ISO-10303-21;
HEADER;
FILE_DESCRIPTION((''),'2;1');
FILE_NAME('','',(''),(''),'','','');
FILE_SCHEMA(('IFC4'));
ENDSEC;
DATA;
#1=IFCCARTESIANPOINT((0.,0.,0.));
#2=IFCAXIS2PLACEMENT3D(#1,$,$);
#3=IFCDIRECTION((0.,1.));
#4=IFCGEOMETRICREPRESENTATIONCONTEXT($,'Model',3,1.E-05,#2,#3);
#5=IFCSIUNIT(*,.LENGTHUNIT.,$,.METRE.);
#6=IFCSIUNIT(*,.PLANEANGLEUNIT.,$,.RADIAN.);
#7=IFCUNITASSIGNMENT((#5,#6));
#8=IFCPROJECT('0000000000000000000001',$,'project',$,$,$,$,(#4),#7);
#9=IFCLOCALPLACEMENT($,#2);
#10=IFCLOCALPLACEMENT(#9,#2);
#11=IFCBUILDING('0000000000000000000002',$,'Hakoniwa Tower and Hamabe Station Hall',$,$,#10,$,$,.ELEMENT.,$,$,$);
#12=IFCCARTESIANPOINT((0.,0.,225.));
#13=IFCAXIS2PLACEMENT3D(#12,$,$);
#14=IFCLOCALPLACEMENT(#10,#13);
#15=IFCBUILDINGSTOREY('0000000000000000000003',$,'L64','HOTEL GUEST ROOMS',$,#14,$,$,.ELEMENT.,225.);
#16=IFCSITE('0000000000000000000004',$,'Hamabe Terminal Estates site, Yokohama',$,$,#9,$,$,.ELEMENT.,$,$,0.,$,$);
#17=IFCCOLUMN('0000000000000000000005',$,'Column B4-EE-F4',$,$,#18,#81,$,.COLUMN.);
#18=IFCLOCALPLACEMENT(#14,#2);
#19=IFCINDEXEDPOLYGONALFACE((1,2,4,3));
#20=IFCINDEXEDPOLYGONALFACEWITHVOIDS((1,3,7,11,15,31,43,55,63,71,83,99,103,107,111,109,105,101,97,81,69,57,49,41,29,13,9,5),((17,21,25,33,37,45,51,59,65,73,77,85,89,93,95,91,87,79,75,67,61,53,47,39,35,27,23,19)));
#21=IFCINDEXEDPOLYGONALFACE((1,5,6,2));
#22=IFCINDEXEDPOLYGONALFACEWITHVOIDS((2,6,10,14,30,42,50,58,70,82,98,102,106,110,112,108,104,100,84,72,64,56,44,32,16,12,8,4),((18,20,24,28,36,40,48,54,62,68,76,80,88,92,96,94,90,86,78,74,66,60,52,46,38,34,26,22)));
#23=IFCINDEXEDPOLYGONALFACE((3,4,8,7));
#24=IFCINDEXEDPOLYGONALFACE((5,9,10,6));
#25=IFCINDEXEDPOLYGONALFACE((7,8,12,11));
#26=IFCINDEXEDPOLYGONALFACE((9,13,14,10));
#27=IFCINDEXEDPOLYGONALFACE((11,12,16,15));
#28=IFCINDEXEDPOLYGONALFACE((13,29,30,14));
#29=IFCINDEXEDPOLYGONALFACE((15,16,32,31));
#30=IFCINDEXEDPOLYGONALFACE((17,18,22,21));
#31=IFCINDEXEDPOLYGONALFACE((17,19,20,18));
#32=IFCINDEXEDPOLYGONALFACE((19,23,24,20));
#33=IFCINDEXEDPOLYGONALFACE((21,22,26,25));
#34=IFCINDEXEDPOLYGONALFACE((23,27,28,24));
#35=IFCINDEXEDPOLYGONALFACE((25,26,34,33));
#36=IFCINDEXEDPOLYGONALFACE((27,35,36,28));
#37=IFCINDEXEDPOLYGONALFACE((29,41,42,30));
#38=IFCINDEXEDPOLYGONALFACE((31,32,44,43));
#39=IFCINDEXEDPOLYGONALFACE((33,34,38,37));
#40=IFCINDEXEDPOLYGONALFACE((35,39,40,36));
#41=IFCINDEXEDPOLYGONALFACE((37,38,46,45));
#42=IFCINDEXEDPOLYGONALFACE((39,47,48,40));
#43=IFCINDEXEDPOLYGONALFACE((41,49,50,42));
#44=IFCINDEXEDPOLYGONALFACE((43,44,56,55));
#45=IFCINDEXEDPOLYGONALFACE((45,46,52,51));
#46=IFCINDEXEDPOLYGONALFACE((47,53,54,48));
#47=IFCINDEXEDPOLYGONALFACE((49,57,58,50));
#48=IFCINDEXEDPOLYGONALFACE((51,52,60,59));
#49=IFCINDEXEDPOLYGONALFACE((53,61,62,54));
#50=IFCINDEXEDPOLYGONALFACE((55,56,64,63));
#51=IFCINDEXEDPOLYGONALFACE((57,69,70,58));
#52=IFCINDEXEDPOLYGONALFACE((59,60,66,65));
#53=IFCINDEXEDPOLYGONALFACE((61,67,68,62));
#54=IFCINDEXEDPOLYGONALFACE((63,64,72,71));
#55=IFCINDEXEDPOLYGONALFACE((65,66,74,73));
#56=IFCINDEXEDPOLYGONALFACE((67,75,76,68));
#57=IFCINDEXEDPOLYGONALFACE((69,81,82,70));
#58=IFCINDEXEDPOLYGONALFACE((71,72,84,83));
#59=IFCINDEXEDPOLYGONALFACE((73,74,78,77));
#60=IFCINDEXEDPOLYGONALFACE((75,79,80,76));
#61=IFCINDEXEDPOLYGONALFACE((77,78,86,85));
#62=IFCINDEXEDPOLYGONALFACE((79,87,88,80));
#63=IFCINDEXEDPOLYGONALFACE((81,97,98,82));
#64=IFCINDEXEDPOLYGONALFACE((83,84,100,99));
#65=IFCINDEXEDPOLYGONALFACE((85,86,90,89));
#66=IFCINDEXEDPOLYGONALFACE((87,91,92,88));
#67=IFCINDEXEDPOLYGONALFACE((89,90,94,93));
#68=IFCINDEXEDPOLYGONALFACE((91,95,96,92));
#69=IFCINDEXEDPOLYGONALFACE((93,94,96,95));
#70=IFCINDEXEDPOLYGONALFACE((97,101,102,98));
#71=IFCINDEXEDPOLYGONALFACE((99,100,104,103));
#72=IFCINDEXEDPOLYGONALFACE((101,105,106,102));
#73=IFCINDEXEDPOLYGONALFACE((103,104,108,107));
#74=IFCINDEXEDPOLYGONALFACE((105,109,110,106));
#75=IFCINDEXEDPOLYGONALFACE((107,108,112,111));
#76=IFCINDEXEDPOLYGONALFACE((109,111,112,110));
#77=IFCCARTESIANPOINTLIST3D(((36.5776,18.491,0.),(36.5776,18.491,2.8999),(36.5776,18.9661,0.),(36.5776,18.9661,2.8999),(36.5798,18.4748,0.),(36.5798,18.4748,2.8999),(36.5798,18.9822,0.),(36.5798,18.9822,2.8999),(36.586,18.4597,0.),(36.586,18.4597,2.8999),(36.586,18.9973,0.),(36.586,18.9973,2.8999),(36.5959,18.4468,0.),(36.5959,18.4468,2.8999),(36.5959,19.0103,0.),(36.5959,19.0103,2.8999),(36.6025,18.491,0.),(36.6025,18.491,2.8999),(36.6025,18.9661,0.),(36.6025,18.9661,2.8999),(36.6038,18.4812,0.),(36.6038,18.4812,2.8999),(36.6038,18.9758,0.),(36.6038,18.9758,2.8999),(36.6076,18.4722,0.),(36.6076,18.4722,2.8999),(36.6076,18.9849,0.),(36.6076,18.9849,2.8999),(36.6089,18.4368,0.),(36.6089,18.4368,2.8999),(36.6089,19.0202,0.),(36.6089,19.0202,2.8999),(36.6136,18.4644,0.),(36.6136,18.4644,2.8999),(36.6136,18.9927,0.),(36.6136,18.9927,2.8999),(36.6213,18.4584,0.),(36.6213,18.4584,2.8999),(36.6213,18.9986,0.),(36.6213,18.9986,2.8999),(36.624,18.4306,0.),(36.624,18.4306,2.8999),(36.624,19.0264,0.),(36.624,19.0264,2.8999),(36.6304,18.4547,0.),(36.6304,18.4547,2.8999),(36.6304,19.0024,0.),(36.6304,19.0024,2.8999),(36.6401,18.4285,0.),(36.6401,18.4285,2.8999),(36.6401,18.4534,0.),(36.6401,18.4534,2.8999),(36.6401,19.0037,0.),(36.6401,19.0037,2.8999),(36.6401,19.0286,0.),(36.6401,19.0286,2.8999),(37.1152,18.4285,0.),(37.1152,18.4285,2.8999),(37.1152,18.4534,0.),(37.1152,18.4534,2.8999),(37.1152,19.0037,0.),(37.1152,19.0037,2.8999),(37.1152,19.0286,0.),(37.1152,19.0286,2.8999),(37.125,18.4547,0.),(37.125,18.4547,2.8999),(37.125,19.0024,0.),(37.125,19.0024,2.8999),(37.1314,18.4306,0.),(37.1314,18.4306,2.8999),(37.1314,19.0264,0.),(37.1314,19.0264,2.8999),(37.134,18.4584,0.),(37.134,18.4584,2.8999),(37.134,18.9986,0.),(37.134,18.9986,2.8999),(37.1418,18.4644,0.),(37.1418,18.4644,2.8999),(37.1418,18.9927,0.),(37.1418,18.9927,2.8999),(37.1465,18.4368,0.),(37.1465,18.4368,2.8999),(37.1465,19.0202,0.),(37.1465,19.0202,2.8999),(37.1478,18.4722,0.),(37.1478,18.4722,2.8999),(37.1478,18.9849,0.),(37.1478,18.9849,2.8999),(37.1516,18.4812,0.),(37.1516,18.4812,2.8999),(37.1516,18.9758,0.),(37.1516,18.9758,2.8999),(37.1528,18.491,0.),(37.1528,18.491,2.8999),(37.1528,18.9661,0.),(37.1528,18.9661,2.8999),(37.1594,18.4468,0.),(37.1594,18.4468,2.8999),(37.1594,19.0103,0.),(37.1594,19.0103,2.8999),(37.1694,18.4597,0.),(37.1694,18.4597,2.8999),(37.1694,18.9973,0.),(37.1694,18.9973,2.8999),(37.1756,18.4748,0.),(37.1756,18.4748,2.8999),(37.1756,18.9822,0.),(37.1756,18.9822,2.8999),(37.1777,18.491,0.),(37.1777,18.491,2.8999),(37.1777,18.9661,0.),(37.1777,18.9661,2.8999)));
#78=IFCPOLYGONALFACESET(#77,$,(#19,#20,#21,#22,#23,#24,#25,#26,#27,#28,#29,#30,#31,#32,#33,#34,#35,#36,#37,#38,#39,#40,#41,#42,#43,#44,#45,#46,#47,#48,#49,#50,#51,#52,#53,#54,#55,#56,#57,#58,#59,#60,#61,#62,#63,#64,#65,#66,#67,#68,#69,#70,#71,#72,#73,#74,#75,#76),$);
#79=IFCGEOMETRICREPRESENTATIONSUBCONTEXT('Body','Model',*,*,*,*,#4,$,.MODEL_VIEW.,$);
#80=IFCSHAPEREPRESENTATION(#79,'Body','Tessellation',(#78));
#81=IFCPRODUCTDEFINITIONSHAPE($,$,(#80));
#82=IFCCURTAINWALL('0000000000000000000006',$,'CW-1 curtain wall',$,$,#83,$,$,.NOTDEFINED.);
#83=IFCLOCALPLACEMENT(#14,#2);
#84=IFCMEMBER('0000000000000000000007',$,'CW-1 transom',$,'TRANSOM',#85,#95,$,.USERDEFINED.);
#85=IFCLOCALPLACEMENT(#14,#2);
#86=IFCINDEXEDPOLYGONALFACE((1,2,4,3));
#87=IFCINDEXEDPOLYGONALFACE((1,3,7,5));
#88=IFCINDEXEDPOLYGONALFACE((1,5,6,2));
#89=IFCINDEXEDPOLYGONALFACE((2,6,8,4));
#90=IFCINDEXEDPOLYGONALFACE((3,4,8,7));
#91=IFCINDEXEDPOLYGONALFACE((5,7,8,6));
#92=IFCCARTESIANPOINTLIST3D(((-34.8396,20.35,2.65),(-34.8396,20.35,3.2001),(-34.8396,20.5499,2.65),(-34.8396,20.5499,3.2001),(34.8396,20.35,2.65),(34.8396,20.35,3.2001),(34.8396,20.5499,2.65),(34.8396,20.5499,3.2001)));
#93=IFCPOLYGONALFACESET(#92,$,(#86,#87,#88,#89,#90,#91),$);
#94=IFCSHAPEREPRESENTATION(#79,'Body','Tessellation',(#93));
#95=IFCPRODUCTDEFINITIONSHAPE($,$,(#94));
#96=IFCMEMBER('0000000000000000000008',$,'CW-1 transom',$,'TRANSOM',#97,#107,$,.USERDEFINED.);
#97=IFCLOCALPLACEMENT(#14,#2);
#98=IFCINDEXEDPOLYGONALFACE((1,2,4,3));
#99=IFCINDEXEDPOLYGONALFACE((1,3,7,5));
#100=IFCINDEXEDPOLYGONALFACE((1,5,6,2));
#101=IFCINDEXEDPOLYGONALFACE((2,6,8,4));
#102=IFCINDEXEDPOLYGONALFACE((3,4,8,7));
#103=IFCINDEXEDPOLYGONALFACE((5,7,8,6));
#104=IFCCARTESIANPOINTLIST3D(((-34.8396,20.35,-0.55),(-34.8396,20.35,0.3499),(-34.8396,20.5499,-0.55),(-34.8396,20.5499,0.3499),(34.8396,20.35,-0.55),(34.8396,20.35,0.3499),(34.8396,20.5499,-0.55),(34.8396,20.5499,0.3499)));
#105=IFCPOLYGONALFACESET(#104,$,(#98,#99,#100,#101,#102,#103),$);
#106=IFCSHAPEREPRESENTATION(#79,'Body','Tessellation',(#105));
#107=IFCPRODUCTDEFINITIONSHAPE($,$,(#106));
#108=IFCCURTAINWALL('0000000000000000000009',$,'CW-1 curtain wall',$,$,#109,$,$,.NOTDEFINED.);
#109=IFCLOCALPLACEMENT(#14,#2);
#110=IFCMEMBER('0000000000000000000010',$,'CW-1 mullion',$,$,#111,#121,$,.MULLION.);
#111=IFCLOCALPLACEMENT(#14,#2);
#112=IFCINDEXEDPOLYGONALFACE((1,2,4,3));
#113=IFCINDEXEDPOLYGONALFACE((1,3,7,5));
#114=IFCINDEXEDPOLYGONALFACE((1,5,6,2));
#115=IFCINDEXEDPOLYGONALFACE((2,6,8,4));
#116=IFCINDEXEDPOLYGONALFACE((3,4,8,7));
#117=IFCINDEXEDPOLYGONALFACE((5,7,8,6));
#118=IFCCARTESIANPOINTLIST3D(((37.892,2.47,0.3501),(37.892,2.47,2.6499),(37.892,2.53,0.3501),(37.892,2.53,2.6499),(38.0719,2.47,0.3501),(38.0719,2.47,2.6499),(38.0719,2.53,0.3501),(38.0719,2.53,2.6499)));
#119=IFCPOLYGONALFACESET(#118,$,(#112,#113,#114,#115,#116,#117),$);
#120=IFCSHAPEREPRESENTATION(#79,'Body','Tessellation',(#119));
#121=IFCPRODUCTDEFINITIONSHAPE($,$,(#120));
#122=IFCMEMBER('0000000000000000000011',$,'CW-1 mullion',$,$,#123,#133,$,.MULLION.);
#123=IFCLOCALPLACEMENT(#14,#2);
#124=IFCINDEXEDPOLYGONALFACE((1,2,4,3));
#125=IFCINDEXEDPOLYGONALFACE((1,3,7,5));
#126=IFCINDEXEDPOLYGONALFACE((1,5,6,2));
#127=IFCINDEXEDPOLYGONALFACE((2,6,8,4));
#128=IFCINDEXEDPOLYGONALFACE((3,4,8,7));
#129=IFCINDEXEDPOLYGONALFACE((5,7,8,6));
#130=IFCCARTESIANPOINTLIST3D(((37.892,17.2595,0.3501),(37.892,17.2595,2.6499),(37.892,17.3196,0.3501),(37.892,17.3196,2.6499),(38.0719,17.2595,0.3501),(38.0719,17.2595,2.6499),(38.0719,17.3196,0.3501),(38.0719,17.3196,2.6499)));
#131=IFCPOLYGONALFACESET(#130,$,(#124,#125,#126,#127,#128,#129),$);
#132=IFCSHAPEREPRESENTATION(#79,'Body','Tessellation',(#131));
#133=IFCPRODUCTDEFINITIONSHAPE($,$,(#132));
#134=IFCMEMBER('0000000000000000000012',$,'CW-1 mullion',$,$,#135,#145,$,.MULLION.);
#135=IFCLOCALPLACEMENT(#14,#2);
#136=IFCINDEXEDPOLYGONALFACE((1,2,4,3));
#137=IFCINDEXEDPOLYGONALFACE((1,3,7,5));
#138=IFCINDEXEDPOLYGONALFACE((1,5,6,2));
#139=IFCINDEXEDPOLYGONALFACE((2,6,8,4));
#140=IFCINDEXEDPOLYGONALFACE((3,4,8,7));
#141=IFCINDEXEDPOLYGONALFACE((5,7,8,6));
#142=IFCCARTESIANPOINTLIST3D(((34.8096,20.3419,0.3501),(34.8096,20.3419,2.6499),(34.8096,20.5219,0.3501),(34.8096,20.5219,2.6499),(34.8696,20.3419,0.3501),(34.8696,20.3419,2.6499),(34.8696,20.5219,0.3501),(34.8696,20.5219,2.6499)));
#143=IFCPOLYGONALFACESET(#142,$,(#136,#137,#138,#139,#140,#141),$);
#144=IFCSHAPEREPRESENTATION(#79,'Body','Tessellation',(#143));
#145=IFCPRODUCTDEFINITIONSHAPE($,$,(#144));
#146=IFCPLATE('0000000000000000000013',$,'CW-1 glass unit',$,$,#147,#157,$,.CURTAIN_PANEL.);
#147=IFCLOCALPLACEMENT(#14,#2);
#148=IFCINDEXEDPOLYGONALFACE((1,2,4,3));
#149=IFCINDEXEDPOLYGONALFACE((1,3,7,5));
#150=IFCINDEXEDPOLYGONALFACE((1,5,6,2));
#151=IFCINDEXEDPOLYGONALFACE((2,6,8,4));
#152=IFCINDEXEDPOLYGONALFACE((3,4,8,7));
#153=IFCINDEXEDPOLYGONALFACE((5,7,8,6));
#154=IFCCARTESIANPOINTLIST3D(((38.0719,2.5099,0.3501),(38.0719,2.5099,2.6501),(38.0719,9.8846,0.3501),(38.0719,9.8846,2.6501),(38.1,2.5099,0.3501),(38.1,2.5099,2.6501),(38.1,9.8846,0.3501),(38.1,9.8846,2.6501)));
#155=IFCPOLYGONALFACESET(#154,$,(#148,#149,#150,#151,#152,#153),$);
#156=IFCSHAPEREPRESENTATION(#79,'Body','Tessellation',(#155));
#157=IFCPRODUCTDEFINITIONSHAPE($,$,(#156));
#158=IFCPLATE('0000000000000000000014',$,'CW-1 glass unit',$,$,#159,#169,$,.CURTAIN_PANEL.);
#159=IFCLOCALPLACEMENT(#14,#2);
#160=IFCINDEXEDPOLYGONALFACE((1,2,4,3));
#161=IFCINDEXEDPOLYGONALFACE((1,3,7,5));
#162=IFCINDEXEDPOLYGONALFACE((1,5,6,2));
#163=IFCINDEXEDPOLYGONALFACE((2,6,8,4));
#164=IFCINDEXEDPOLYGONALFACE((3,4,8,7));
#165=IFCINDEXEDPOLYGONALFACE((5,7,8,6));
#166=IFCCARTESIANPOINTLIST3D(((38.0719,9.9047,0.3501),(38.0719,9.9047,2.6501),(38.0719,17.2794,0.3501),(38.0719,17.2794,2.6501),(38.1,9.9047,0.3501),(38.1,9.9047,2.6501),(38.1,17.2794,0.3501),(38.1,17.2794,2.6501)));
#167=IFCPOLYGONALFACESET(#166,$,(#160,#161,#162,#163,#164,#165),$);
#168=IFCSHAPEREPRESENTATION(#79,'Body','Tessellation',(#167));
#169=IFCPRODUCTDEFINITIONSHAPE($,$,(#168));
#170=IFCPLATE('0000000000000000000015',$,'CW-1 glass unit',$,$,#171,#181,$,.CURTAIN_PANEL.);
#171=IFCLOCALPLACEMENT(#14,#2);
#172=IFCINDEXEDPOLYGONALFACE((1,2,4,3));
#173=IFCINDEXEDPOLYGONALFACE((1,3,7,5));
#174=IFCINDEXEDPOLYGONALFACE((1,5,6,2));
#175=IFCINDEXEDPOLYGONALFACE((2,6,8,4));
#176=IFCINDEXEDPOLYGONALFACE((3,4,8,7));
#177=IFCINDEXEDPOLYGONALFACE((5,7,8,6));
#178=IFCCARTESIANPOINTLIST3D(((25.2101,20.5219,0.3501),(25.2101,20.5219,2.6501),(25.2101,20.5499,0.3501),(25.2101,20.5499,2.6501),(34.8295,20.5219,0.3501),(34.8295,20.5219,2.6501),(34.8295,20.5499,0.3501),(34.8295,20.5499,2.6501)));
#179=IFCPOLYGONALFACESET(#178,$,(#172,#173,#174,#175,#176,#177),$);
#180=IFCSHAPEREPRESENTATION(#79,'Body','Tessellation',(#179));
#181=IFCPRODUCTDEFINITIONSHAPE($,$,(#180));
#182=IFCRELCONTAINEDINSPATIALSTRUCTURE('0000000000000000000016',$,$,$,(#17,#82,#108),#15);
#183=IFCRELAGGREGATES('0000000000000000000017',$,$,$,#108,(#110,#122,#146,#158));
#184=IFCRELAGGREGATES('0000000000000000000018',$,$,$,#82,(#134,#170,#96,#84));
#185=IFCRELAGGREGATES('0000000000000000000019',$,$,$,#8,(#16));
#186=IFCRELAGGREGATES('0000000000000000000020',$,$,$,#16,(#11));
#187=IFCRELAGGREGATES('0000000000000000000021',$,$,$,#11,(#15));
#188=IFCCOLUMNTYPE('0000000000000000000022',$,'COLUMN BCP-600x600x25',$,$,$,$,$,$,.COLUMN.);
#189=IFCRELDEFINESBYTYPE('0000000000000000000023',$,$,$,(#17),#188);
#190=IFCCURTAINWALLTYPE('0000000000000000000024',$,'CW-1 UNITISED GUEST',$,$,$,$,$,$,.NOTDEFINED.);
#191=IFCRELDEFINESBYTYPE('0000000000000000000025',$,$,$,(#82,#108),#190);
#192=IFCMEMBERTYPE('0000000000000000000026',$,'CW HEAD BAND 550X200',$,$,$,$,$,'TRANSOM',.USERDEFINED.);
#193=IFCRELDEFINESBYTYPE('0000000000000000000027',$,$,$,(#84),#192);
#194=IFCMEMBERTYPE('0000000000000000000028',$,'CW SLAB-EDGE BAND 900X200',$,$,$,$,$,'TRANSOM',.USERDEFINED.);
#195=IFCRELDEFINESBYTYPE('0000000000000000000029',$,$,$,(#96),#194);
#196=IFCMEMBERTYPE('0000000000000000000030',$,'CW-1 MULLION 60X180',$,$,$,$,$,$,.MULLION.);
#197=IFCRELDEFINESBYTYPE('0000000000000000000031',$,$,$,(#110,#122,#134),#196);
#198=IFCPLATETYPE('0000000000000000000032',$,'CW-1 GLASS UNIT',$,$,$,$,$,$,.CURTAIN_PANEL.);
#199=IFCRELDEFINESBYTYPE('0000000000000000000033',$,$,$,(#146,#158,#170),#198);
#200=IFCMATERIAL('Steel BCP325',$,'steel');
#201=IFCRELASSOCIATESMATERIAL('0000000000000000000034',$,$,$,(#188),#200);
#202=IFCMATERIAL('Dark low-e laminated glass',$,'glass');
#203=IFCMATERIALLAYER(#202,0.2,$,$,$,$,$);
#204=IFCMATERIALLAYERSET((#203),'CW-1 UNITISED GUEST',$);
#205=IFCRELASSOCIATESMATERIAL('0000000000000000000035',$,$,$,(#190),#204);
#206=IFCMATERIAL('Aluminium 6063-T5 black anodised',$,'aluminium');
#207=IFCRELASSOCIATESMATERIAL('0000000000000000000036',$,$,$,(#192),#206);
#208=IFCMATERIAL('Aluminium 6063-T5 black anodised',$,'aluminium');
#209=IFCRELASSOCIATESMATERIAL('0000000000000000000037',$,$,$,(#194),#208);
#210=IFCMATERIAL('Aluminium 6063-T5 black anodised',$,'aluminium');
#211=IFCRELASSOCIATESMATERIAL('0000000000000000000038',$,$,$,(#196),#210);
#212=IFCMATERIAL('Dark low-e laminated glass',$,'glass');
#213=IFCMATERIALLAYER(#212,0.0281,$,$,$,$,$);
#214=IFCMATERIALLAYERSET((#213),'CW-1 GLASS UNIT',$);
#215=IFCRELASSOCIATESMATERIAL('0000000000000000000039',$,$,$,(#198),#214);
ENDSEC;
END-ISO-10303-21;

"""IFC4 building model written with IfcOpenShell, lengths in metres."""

from ifc_helpers import new_model, si_unit, direction, frame, origin, origin_2d, place, context, subcontext, project, spatial, rectangle, hollow_rectangle, extrude, material, layer, layer_set, material_profile, profile_set, type_object, element, aggregate, save


model = new_model("IFC4")

# Units and contexts
model_context = context("Model", 3, precision=1e-05, world=origin(), true_north=direction((0.0, 1.0)))
body_context = subcontext(model_context, "Body", "Model", "MODEL_VIEW")
ifc_project = project(units=[si_unit("LENGTHUNIT", "METRE"), si_unit("PLANEANGLEUNIT", "RADIAN")], contexts=[model_context])

# Site, building, storey
site_placement = place(None, origin())
site = spatial("IfcSite", under=ifc_project, at=site_placement, Name="Hamabe Terminal Estates site, Yokohama", CompositionType="ELEMENT", RefElevation=0.0)
building_placement = place(site_placement, origin())
building = spatial("IfcBuilding", under=site, at=building_placement, Name="Hakoniwa Tower and Hamabe Station Hall", CompositionType="ELEMENT")
storey_placement = place(building_placement, frame((0.0, 0.0, 225.0)))
storey = spatial("IfcBuildingStorey", under=building, at=storey_placement, Name="L64", Description="HOTEL GUEST ROOMS", CompositionType="ELEMENT", Elevation=225.0)

# Column
ifc_material_1 = material(Name="Steel BCP325", Category="steel")
ifc_material_profile_1 = material_profile(ifc_material_1, hollow_rectangle(XDim=0.6001, YDim=0.6001, WallThickness=0.0249, InnerFilletRadius=0.0376, OuterFilletRadius=0.0625, at=origin_2d()), Name="BCP-600x600x25")
ifc_profile_set_1 = profile_set([ifc_material_profile_1], Name="Steel BCP325")
column_type = type_object("IfcColumnType", Name="COLUMN BCP-600x600x25", PredefinedType="COLUMN", material=ifc_profile_set_1)
for number, where, z_axis, x_axis, name in (
    (1, (36.8777, 18.7285, 0.0), (0.0, 0.0, 1.0), (1.0, 0.0, 0.0), "Column B4-EE-F4"),
):
    element("IfcColumn", number, at=place(storey_placement, frame(where, z_axis=z_axis, x_axis=x_axis)), inside=storey, type_object=column_type, Name=name, PredefinedType="COLUMN", context=body_context, shape_type="SweptSolid", body=[
        extrude(hollow_rectangle(XDim=0.6001, YDim=0.6001, WallThickness=0.0249, InnerFilletRadius=0.0376, OuterFilletRadius=0.0625, at=origin_2d()), origin(), (0.0, 0.0, 1.0), 2.8999),
    ])

# Curtain walls, members
ifc_material_2 = material(Name="Dark low-e laminated glass", Category="glass")
ifc_layer_1 = layer(ifc_material_2, 0.2)
ifc_layer_set_1 = layer_set([ifc_layer_1], Name="CW-1 UNITISED GUEST")
curtain_wall_type = type_object("IfcCurtainWallType", Name="CW-1 UNITISED GUEST", PredefinedType="NOTDEFINED", material=ifc_layer_set_1)
curtain_wall_1_placement = place(storey_placement, origin())
curtain_wall_1 = element("IfcCurtainWall", 2, at=curtain_wall_1_placement, inside=storey, type_object=curtain_wall_type, Name="CW-1 curtain wall", PredefinedType="NOTDEFINED")
ifc_material_3 = material(Name="Aluminium 6063-T5 black anodised", Category="aluminium")
ifc_material_profile_2 = material_profile(ifc_material_3, rectangle(XDim=0.2, YDim=0.55, at=origin_2d()), Name="CW HEAD BAND 550X200")
ifc_profile_set_2 = profile_set([ifc_material_profile_2], Name="Aluminium 6063-T5 black anodised")
member_type_1 = type_object("IfcMemberType", Name="CW HEAD BAND 550X200", ElementType="TRANSOM", PredefinedType="USERDEFINED", material=ifc_profile_set_2)
member_1_placement = place(storey_placement, frame((34.8396, 20.45, 2.925), z_axis=(-1.0, 0.0, 0.0), x_axis=(0.0, -1.0, 0.0)))
member_1 = element("IfcMember", 3, at=member_1_placement, type_object=member_type_1, Name="CW-1 transom", ObjectType="TRANSOM", PredefinedType="USERDEFINED", context=body_context, shape_type="SweptSolid", body=[
    extrude(rectangle(XDim=0.2, YDim=0.55, at=origin_2d()), origin(), (0.0, 0.0, 1.0), 69.6792),
])
ifc_material_4 = material(Name="Aluminium 6063-T5 black anodised", Category="aluminium")
ifc_material_profile_3 = material_profile(ifc_material_4, rectangle(XDim=0.2, YDim=0.8999, at=origin_2d()), Name="CW SLAB-EDGE BAND 900X200")
ifc_profile_set_3 = profile_set([ifc_material_profile_3], Name="Aluminium 6063-T5 black anodised")
member_type_2 = type_object("IfcMemberType", Name="CW SLAB-EDGE BAND 900X200", ElementType="TRANSOM", PredefinedType="USERDEFINED", material=ifc_profile_set_3)
member_2_placement = place(storey_placement, frame((34.8396, 20.45, -0.1001), z_axis=(-1.0, 0.0, 0.0), x_axis=(0.0, -1.0, 0.0)))
member_2 = element("IfcMember", 4, at=member_2_placement, type_object=member_type_2, Name="CW-1 transom", ObjectType="TRANSOM", PredefinedType="USERDEFINED", context=body_context, shape_type="SweptSolid", body=[
    extrude(rectangle(XDim=0.2, YDim=0.8999, at=origin_2d()), origin(), (0.0, 0.0, 1.0), 69.6792),
])
curtain_wall_2_placement = place(storey_placement, origin())
curtain_wall_2 = element("IfcCurtainWall", 5, at=curtain_wall_2_placement, inside=storey, type_object=curtain_wall_type, Name="CW-1 curtain wall", PredefinedType="NOTDEFINED")
ifc_material_5 = material(Name="Aluminium 6063-T5 black anodised", Category="aluminium")
ifc_material_profile_4 = material_profile(ifc_material_5, rectangle(XDim=0.0601, YDim=0.1799, at=origin_2d()), Name="CW-1 MULLION 60X180")
ifc_profile_set_4 = profile_set([ifc_material_profile_4], Name="Aluminium 6063-T5 black anodised")
member_type_3 = type_object("IfcMemberType", Name="CW-1 MULLION 60X180", PredefinedType="MULLION", material=ifc_profile_set_4)
member_3_placement = place(storey_placement, frame((37.9819, 2.5, 0.3501), z_axis=(0.0, 0.0, 1.0), x_axis=(0.0, 1.0, 0.0)))
member_3 = element("IfcMember", 6, at=member_3_placement, type_object=member_type_3, Name="CW-1 mullion", PredefinedType="MULLION", context=body_context, shape_type="SweptSolid", body=[
    extrude(rectangle(XDim=0.0601, YDim=0.1799, at=origin_2d()), origin(), (0.0, 0.0, 1.0), 2.2998),
])
member_4_placement = place(storey_placement, frame((37.9819, 17.2896, 0.3501), z_axis=(0.0, 0.0, 1.0), x_axis=(0.0, 1.0, 0.0)))
member_4 = element("IfcMember", 7, at=member_4_placement, type_object=member_type_3, Name="CW-1 mullion", PredefinedType="MULLION", context=body_context, shape_type="SweptSolid", body=[
    extrude(rectangle(XDim=0.0601, YDim=0.1799, at=origin_2d()), origin(), (0.0, 0.0, 1.0), 2.2998),
])

# Member
member_5_placement = place(storey_placement, frame((34.8396, 20.4319, 0.3501), z_axis=(0.0, 0.0, 1.0), x_axis=(-1.0, 0.0, 0.0)))
member_5 = element("IfcMember", 8, at=member_5_placement, type_object=member_type_3, Name="CW-1 mullion", PredefinedType="MULLION", context=body_context, shape_type="SweptSolid", body=[
    extrude(rectangle(XDim=0.0601, YDim=0.1799, at=origin_2d()), origin(), (0.0, 0.0, 1.0), 2.2998),
])

# Plates
ifc_material_6 = material(Name="Dark low-e laminated glass", Category="glass")
ifc_layer_2 = layer(ifc_material_6, 0.0281)
ifc_layer_set_2 = layer_set([ifc_layer_2], Name="CW-1 GLASS UNIT")
plate_type = type_object("IfcPlateType", Name="CW-1 GLASS UNIT", PredefinedType="CURTAIN_PANEL", material=ifc_layer_set_2)
plate_1_placement = place(storey_placement, frame((38.0859, 6.1973, 0.3501), z_axis=(0.0, 0.0, 1.0), x_axis=(0.0, 1.0, 0.0)))
plate_1 = element("IfcPlate", 9, at=plate_1_placement, type_object=plate_type, Name="CW-1 glass unit", PredefinedType="CURTAIN_PANEL", context=body_context, shape_type="SweptSolid", body=[
    extrude(rectangle(XDim=7.3748, YDim=0.0281, at=origin_2d()), origin(), (0.0, 0.0, 1.0), 2.3),
])
plate_2_placement = place(storey_placement, frame((38.0859, 13.592, 0.3501), z_axis=(0.0, 0.0, 1.0), x_axis=(0.0, 1.0, 0.0)))
plate_2 = element("IfcPlate", 10, at=plate_2_placement, type_object=plate_type, Name="CW-1 glass unit", PredefinedType="CURTAIN_PANEL", context=body_context, shape_type="SweptSolid", body=[
    extrude(rectangle(XDim=7.3748, YDim=0.0281, at=origin_2d()), origin(), (0.0, 0.0, 1.0), 2.3),
])
aggregate(curtain_wall_2, [member_3, member_4, plate_1, plate_2])
plate_3_placement = place(storey_placement, frame((30.0198, 20.5359, 0.3501), z_axis=(0.0, 0.0, 1.0), x_axis=(-1.0, 0.0, 0.0)))
plate_3 = element("IfcPlate", 11, at=plate_3_placement, type_object=plate_type, Name="CW-1 glass unit", PredefinedType="CURTAIN_PANEL", context=body_context, shape_type="SweptSolid", body=[
    extrude(rectangle(XDim=9.6194, YDim=0.0281, at=origin_2d()), origin(), (0.0, 0.0, 1.0), 2.3),
])
aggregate(curtain_wall_1, [member_5, plate_3, member_2, member_1])

save(model, "model.ifc")
